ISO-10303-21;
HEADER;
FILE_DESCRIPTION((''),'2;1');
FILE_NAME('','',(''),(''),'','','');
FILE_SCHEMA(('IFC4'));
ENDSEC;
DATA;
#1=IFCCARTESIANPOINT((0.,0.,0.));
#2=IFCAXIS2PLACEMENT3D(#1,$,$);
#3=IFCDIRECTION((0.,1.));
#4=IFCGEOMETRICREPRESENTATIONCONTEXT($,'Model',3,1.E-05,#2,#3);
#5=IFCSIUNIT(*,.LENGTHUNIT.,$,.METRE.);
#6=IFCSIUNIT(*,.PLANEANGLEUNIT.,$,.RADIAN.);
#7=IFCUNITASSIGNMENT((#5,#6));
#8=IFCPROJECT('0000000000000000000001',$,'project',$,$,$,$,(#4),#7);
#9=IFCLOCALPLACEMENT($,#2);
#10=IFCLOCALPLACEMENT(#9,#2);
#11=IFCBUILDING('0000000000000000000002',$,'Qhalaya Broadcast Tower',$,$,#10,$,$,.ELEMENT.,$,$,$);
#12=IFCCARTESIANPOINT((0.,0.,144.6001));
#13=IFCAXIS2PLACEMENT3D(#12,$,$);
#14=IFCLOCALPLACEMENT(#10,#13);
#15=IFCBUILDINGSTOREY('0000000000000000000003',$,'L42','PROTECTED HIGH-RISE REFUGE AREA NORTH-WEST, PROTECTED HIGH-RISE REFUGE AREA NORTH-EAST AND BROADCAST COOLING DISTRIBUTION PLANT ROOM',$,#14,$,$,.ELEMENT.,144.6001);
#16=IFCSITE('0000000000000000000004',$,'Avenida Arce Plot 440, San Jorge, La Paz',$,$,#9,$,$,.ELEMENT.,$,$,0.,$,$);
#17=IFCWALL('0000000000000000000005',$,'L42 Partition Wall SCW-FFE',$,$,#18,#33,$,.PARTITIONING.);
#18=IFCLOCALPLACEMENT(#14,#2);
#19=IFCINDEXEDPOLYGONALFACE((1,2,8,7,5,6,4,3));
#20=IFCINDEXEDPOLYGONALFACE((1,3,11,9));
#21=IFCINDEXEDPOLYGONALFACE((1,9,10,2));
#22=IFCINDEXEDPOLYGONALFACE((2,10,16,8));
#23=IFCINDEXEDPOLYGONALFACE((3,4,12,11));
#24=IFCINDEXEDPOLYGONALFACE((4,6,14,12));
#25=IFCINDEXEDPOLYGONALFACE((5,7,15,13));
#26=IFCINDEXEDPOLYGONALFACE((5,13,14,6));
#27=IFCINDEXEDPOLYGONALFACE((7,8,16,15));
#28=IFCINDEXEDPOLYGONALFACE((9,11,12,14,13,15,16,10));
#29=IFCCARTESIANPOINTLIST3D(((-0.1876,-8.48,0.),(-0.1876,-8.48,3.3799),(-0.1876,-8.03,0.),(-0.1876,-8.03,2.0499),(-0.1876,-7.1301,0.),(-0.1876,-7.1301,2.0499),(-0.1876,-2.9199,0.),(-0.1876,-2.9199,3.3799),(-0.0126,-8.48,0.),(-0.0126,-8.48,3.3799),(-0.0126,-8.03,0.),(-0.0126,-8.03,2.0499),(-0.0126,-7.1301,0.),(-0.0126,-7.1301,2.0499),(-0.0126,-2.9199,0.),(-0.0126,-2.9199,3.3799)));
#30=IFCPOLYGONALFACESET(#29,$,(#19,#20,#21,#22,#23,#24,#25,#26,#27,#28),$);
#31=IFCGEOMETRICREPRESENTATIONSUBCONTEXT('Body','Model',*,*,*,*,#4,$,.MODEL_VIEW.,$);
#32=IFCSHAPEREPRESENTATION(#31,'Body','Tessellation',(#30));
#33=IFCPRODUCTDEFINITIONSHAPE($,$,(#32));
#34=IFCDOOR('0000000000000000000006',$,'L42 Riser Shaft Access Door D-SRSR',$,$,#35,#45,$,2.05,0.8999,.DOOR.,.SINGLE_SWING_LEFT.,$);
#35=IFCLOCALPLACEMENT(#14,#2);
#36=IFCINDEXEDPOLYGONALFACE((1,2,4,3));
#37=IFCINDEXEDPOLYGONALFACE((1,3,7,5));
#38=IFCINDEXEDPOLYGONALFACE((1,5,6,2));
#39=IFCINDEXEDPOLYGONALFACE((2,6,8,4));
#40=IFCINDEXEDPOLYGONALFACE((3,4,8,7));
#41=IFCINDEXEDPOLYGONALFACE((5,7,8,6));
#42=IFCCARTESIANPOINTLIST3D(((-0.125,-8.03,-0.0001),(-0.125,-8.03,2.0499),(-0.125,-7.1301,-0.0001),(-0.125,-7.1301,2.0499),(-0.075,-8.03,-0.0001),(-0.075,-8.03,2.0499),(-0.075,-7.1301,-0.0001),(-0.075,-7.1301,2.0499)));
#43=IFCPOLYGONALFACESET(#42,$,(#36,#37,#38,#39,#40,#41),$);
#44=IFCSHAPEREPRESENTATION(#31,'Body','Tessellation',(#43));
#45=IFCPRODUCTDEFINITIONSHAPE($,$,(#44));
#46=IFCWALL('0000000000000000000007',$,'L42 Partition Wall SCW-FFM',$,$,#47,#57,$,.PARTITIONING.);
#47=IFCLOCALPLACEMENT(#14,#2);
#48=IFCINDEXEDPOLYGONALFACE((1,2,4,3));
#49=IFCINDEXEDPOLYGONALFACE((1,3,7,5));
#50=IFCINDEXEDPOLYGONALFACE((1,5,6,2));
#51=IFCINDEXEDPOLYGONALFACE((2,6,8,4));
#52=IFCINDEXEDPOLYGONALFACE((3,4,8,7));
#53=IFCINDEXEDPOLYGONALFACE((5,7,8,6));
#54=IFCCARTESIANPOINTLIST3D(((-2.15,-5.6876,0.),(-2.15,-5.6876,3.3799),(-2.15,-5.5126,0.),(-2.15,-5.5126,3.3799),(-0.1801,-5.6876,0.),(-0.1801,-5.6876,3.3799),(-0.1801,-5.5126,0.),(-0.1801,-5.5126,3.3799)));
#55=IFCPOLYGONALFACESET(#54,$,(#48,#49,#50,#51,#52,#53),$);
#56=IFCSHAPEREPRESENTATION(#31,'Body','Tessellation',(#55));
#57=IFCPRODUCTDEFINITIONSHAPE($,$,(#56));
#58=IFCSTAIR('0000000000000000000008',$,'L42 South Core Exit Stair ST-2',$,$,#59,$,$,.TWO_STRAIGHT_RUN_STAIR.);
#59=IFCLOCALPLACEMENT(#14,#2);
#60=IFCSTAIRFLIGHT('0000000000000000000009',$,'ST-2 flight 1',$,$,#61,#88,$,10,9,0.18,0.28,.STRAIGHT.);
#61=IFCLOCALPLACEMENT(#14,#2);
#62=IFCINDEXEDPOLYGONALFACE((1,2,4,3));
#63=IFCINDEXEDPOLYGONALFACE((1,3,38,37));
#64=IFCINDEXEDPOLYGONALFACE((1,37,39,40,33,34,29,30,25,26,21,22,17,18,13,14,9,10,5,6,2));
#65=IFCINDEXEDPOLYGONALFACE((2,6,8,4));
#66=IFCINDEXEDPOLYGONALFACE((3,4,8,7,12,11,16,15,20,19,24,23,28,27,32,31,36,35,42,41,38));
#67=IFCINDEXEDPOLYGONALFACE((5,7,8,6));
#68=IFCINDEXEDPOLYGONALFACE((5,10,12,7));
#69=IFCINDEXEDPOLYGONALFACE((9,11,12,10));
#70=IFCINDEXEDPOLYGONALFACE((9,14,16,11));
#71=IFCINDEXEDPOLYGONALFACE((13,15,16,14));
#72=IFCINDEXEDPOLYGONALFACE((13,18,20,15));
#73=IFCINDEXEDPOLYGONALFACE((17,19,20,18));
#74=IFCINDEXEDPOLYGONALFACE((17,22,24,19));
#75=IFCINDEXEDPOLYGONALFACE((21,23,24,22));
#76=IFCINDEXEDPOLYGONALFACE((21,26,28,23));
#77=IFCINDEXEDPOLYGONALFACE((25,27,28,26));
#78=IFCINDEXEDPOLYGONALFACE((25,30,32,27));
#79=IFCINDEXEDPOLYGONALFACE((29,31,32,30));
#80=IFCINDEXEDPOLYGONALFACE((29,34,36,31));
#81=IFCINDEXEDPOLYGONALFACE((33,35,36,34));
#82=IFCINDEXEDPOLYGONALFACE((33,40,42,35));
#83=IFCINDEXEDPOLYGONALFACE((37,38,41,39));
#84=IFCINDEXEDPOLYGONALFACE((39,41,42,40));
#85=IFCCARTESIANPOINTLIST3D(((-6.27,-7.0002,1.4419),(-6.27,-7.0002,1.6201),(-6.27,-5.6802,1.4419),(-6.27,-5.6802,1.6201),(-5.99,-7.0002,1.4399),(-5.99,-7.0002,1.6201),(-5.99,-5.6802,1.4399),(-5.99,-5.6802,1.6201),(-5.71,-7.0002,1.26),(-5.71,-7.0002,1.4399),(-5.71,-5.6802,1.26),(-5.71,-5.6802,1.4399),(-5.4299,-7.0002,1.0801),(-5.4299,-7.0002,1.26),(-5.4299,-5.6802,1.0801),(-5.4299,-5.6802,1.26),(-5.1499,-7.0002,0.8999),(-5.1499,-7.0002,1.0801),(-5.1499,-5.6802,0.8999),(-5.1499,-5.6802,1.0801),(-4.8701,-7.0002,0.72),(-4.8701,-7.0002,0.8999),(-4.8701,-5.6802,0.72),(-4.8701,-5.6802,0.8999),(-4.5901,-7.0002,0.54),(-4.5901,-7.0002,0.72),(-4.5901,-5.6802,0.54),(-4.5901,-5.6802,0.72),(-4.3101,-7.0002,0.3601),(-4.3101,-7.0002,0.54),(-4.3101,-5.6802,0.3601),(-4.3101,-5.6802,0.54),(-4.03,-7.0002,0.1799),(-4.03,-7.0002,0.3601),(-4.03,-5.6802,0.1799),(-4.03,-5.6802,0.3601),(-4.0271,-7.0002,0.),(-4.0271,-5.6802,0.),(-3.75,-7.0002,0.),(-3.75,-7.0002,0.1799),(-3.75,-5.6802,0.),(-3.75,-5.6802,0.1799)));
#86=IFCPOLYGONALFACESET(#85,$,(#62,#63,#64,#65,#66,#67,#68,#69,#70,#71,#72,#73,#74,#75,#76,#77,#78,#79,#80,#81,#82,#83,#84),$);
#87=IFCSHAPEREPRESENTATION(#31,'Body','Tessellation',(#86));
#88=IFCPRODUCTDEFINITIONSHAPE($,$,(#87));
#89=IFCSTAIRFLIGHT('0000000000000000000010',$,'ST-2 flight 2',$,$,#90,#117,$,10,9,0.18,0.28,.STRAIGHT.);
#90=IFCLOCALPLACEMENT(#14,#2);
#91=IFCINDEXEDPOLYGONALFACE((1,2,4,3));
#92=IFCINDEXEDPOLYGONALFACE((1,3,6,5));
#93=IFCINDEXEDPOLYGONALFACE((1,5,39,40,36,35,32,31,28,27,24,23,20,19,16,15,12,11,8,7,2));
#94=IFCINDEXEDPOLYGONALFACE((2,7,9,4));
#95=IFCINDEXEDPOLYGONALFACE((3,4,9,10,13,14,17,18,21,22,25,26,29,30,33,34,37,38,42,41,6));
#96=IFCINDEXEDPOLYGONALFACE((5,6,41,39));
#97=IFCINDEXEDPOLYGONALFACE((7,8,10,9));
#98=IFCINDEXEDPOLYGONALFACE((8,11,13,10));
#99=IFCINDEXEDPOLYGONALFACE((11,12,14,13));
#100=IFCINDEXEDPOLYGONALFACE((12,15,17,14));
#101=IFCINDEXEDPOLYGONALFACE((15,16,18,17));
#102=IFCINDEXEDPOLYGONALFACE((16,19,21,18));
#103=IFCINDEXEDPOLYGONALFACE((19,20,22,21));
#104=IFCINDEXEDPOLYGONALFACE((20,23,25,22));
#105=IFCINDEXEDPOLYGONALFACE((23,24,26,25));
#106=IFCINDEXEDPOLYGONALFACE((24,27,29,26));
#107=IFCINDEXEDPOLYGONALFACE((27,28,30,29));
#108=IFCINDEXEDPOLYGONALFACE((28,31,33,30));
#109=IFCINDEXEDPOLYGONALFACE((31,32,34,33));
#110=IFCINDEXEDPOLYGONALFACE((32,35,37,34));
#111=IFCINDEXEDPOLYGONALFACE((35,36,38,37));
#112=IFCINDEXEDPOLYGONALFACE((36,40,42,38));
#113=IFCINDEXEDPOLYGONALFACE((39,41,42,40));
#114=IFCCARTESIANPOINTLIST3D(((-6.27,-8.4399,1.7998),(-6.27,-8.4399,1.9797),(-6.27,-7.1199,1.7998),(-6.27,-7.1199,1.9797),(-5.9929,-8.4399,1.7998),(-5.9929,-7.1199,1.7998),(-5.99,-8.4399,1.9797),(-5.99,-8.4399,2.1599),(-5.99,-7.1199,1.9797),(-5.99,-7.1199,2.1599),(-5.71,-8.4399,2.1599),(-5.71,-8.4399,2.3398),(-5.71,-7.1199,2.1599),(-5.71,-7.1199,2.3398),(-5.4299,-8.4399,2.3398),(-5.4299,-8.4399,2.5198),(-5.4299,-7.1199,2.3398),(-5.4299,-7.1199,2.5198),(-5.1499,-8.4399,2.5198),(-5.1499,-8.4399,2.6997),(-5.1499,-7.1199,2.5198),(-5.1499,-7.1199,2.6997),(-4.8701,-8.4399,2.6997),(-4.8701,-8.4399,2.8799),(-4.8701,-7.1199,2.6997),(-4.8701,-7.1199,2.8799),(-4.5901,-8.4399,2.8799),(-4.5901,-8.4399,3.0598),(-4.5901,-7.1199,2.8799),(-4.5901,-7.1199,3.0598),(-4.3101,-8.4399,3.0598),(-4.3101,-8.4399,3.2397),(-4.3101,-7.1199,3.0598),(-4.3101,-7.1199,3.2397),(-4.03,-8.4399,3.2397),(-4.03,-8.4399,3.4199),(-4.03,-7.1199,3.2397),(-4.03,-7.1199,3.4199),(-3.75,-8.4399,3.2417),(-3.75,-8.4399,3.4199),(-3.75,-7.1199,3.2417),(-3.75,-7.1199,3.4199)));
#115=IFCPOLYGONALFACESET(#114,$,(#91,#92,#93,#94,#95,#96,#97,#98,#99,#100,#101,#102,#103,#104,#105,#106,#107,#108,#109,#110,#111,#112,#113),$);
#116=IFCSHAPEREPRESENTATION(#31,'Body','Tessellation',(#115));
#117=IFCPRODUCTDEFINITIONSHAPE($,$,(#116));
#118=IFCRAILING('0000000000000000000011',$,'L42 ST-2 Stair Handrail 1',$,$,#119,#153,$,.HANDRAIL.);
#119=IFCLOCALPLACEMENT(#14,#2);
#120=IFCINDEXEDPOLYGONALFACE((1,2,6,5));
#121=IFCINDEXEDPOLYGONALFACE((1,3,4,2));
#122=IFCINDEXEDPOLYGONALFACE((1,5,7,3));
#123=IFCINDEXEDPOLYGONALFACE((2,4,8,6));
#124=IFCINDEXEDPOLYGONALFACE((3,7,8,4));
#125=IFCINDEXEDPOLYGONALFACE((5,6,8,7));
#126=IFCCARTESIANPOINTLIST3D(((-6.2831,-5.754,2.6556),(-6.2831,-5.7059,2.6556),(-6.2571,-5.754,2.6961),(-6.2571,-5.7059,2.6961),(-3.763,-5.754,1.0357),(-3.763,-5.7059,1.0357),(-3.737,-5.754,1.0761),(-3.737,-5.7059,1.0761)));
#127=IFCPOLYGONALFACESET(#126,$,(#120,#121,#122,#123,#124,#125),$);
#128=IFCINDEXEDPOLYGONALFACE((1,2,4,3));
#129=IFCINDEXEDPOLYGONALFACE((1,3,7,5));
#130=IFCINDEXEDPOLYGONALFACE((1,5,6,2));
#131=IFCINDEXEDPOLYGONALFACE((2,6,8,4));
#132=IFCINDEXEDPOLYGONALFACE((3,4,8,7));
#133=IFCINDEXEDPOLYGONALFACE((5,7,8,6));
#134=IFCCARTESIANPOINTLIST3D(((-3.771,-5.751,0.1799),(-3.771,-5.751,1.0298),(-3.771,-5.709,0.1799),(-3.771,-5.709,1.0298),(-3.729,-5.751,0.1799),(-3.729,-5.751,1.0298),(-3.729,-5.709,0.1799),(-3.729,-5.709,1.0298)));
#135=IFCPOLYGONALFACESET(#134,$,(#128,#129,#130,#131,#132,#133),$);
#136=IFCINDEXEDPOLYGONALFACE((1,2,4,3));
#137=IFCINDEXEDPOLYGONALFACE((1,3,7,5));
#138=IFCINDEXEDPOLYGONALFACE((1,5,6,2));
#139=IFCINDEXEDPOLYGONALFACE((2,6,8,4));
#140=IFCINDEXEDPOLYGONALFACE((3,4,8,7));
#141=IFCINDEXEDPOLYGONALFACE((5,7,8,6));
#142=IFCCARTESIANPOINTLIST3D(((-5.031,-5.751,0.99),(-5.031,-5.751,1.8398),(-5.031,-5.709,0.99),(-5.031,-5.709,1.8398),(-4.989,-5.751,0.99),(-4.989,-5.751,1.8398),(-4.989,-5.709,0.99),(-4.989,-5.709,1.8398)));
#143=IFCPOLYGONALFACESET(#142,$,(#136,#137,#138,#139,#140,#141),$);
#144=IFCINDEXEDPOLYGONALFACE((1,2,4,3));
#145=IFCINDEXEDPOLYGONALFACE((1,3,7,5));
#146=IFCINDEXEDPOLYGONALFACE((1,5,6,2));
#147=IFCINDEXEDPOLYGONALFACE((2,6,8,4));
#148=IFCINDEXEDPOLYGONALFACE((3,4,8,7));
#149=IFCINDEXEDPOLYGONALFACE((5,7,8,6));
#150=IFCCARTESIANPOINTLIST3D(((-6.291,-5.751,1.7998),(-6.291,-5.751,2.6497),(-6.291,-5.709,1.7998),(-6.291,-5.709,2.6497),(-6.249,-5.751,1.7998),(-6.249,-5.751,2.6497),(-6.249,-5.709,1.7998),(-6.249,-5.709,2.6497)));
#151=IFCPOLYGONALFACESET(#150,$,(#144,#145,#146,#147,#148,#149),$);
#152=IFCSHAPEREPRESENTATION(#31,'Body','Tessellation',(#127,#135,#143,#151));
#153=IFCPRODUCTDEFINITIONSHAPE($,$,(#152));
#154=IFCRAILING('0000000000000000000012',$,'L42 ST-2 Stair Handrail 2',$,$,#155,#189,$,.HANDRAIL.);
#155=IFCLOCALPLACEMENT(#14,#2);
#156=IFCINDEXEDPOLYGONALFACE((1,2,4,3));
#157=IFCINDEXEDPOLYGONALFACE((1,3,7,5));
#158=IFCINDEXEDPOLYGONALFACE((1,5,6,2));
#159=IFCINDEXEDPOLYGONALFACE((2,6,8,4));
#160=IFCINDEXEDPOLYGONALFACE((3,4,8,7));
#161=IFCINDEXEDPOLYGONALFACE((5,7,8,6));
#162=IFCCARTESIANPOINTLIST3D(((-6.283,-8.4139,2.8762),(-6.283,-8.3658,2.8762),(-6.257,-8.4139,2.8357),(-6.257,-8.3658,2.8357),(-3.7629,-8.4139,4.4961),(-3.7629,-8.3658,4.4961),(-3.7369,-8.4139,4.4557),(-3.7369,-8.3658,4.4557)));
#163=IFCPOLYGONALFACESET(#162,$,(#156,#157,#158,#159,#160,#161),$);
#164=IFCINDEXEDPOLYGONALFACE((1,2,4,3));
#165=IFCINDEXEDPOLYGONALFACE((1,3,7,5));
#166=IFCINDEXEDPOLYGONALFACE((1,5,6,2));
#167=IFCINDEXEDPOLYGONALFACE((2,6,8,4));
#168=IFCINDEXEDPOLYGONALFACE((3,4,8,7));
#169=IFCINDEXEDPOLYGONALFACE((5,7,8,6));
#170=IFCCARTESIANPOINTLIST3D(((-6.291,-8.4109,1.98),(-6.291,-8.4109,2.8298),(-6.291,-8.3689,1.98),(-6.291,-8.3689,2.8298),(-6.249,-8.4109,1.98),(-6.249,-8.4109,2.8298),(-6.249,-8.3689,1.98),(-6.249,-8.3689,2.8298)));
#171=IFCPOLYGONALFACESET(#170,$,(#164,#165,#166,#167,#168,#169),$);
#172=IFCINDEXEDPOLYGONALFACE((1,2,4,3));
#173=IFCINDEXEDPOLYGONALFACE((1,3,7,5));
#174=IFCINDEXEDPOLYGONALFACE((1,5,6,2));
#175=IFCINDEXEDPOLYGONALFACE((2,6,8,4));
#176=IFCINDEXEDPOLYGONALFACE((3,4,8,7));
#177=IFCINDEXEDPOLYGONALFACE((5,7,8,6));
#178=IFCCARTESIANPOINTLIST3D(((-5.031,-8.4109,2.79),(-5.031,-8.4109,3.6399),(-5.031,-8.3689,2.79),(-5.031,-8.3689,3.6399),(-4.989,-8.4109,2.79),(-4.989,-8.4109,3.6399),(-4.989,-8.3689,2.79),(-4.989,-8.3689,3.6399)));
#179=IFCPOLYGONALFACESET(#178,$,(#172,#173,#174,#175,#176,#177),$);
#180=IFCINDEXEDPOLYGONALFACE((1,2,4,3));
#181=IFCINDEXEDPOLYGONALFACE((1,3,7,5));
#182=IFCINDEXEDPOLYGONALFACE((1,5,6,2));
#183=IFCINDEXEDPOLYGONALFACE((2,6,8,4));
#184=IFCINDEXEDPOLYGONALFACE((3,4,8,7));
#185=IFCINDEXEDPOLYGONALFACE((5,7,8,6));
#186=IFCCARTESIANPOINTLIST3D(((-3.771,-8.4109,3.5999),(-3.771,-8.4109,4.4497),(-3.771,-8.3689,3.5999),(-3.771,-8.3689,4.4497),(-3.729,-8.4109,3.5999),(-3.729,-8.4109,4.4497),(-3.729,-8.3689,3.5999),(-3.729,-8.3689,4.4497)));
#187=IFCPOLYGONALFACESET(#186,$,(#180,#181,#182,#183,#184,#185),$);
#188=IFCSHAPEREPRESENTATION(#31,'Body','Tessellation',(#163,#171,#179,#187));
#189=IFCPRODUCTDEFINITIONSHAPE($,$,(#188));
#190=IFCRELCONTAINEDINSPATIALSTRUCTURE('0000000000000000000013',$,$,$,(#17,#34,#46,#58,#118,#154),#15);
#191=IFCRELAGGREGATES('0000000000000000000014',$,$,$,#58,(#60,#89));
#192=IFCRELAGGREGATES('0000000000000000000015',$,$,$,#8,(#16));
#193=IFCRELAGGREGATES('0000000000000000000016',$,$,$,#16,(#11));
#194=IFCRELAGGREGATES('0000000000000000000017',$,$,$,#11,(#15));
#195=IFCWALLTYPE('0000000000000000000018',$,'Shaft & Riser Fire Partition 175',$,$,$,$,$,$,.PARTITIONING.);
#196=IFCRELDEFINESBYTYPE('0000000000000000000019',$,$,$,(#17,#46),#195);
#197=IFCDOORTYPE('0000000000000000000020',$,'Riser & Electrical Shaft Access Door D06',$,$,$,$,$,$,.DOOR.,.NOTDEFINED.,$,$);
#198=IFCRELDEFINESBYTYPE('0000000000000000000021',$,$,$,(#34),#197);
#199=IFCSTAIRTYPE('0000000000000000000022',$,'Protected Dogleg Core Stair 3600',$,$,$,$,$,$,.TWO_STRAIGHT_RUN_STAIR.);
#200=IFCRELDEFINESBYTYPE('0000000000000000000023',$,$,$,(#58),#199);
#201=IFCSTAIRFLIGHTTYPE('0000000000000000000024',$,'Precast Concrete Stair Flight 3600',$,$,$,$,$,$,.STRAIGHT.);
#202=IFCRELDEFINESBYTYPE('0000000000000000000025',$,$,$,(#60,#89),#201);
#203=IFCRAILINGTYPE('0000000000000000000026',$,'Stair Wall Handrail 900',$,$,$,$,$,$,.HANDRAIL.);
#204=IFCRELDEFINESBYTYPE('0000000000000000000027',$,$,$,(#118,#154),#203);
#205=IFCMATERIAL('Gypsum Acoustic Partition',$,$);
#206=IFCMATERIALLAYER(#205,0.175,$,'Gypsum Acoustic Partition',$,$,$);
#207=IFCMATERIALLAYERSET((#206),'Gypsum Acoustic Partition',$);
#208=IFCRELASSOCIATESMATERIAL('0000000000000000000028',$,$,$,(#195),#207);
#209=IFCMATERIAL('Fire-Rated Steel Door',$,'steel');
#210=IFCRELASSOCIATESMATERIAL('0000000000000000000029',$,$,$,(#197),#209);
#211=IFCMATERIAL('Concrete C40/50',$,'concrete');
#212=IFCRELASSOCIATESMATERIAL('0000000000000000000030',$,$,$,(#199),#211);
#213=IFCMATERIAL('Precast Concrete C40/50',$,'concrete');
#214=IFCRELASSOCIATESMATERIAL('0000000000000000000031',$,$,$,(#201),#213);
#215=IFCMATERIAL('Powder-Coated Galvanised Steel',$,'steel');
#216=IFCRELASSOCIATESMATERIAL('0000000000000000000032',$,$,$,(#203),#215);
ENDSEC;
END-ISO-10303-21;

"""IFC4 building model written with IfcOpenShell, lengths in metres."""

from ifc_helpers import new_model, si_unit, direction, frame, frame_2d, origin, origin_2d, place, context, subcontext, project, spatial, polyline, rectangle, outline, extrude, material, layer, layer_set, type_object, element, fill, aggregate, save


model = new_model("IFC4")

# Units and contexts
model_context = context("Model", 3, precision=1e-05, world=origin(), true_north=direction((0.0, 1.0)))
body_context = subcontext(model_context, "Body", "Model", "MODEL_VIEW")
ifc_project = project(units=[si_unit("LENGTHUNIT", "METRE"), si_unit("PLANEANGLEUNIT", "RADIAN")], contexts=[model_context])

# Site, building, storey
site_placement = place(None, origin())
site = spatial("IfcSite", under=ifc_project, at=site_placement, Name="Avenida Arce Plot 440, San Jorge, La Paz", CompositionType="ELEMENT", RefElevation=0.0)
building_placement = place(site_placement, origin())
building = spatial("IfcBuilding", under=site, at=building_placement, Name="Qhalaya Broadcast Tower", CompositionType="ELEMENT")
storey_placement = place(building_placement, frame((0.0, 0.0, 144.6001)))
storey = spatial("IfcBuildingStorey", under=building, at=storey_placement, Name="L42", Description="PROTECTED HIGH-RISE REFUGE AREA NORTH-WEST, PROTECTED HIGH-RISE REFUGE AREA NORTH-EAST AND BROADCAST COOLING DISTRIBUTION PLANT ROOM", CompositionType="ELEMENT", Elevation=144.6001)

# Wall, opening, door
ifc_material_1 = material(Name="Fire-Rated Steel Door", Category="steel")
ifc_material_2 = material(Name="Gypsum Acoustic Partition")
ifc_layer_1 = layer(ifc_material_2, 0.175, Name="Gypsum Acoustic Partition")
ifc_layer_set_1 = layer_set([ifc_layer_1], Name="Gypsum Acoustic Partition")
wall_type_1 = type_object("IfcWallType", Name="Shaft & Riser Fire Partition 175", PredefinedType="PARTITIONING", material=ifc_layer_set_1)
wall_1_placement = place(storey_placement, frame((-0.1001, -8.48, 0.0), z_axis=(0.0, 0.0, 1.0), x_axis=(0.0, 1.0, 0.0)))
wall_1 = element("IfcWall", 1, at=wall_1_placement, inside=storey, type_object=wall_type_1, Name="L42 Partition Wall SCW-FFE", PredefinedType="PARTITIONING", context=body_context, shape_type="SweptSolid", body=[
    extrude(rectangle(XDim=5.5601, YDim=0.175, at=frame_2d((2.78, 0.0))), origin(), (0.0, 0.0, 1.0), 3.3799),
])
opening_1_placement = place(wall_1_placement, frame((0.45, 0.0, 0.0)))
opening_1 = element("IfcOpeningElement", 2, at=opening_1_placement, cuts=wall_1, PredefinedType="OPENING", context=body_context, shape_type="SweptSolid", body=[
    extrude(rectangle(XDim=0.8999, YDim=2.05, at=frame_2d((0.45, 1.0249))), frame((0.0, 0.0996, 0.0), z_axis=(0.0, -1.0, 0.0), x_axis=(1.0, 0.0, 0.0)), (0.0, 0.0, 1.0), 0.199),
])
door_type_1 = type_object("IfcDoorType", Name="Riser & Electrical Shaft Access Door D06", OperationType="NOTDEFINED", PredefinedType="DOOR", material=ifc_material_1)
door_1_placement = place(opening_1_placement, origin())
door_1 = element("IfcDoor", 3, at=door_1_placement, inside=storey, type_object=door_type_1, Name="L42 Riser Shaft Access Door D-SRSR", OperationType="SINGLE_SWING_LEFT", OverallHeight=2.05, OverallWidth=0.8999, PredefinedType="DOOR", context=body_context, shape_type="SweptSolid", body=[
    extrude(rectangle(XDim=0.8999, YDim=2.05, at=frame_2d((0.45, 1.0249))), frame((0.0, 0.0249, 0.0), z_axis=(0.0, -1.0, 0.0), x_axis=(1.0, 0.0, 0.0)), (0.0, 0.0, 1.0), 0.05),
])
fill(opening_1, door_1)

# Wall
wall_2_placement = place(storey_placement, frame((-2.1499, -5.6001, 0.0), z_axis=(0.0, 0.0, 1.0), x_axis=(1.0, 0.0, 0.0)))
element("IfcWall", 4, at=wall_2_placement, inside=storey, type_object=wall_type_1, Name="L42 Partition Wall SCW-FFM", PredefinedType="PARTITIONING", context=body_context, shape_type="SweptSolid", body=[
    extrude(rectangle(XDim=1.97, YDim=0.175, at=frame_2d((0.9849, 0.0))), origin(), (0.0, 0.0, 1.0), 3.3799),
])

# Stair, stair flights
ifc_material_3 = material(Name="Concrete C40/50", Category="concrete")
stair_type = type_object("IfcStairType", Name="Protected Dogleg Core Stair 3600", PredefinedType="TWO_STRAIGHT_RUN_STAIR", material=ifc_material_3)
stair_placement = place(storey_placement, origin())
stair = element("IfcStair", 5, at=stair_placement, inside=storey, type_object=stair_type, Name="L42 South Core Exit Stair ST-2", PredefinedType="TWO_STRAIGHT_RUN_STAIR")
ifc_material_4 = material(Name="Precast Concrete C40/50", Category="concrete")
stair_flight_type = type_object("IfcStairFlightType", Name="Precast Concrete Stair Flight 3600", PredefinedType="STRAIGHT", material=ifc_material_4)
stair_flight_1_placement = place(storey_placement, frame((-3.75, -6.3401, 0.0), z_axis=(0.0, 0.0, 1.0), x_axis=(-1.0, 0.0, 0.0)))
stair_flight_1 = element("IfcStairFlight", 6, at=stair_flight_1_placement, type_object=stair_flight_type, Name="ST-2 flight 1", NumberOfRisers=10, NumberOfTreads=9, PredefinedType="STRAIGHT", RiserHeight=0.18, TreadLength=0.28, context=body_context, shape_type="SweptSolid", body=[
    extrude(outline(polyline([(0.0, 0.0), (0.0, 0.1799), (0.28, 0.1799), (0.28, 0.3601), (0.5601, 0.3601), (0.5601, 0.54), (0.8401, 0.54), (0.8401, 0.72), (1.1201, 0.72), (1.1201, 0.8999), (1.3999, 0.8999), (1.3999, 1.0801), (1.6799, 1.0801), (1.6799, 1.26), (1.96, 1.26), (1.96, 1.4399), (2.24, 1.4399), (2.24, 1.6201), (2.52, 1.6201), (2.52, 1.8), (2.52, 1.4419), (0.2771, 0.0), (0.0, 0.0)])), frame((0.0, 0.6602, 0.0), z_axis=(0.0, -1.0, 0.0), x_axis=(1.0, 0.0, 0.0)), (0.0, 0.0, 1.0), 1.3201),
])
stair_flight_2_placement = place(storey_placement, frame((-6.27, -7.78, 1.7998), z_axis=(0.0, 0.0, 1.0), x_axis=(1.0, 0.0, 0.0)))
stair_flight_2 = element("IfcStairFlight", 7, at=stair_flight_2_placement, type_object=stair_flight_type, Name="ST-2 flight 2", NumberOfRisers=10, NumberOfTreads=9, PredefinedType="STRAIGHT", RiserHeight=0.18, TreadLength=0.28, context=body_context, shape_type="SweptSolid", body=[
    extrude(outline(polyline([(0.0, 0.0), (0.0, 0.1799), (0.28, 0.1799), (0.28, 0.3601), (0.5601, 0.3601), (0.5601, 0.54), (0.8401, 0.54), (0.8401, 0.72), (1.1201, 0.72), (1.1201, 0.8999), (1.3999, 0.8999), (1.3999, 1.0801), (1.6799, 1.0801), (1.6799, 1.26), (1.96, 1.26), (1.96, 1.4399), (2.24, 1.4399), (2.24, 1.6201), (2.52, 1.6201), (2.52, 1.8), (2.52, 1.4419), (0.2771, 0.0), (0.0, 0.0)])), frame((0.0, 0.6602, 0.0), z_axis=(0.0, -1.0, 0.0), x_axis=(1.0, 0.0, 0.0)), (0.0, 0.0, 1.0), 1.3201),
])
aggregate(stair, [stair_flight_1, stair_flight_2])

# Railings
ifc_material_5 = material(Name="Powder-Coated Galvanised Steel", Category="steel")
railing_type_1 = type_object("IfcRailingType", Name="Stair Wall Handrail 900", PredefinedType="HANDRAIL", material=ifc_material_5)
railing_1_placement = place(storey_placement, frame((-3.75, -5.73, 0.1799)))
element("IfcRailing", 8, at=railing_1_placement, inside=storey, type_object=railing_type_1, Name="L42 ST-2 Stair Handrail 1", PredefinedType="HANDRAIL", context=body_context, shape_type="SweptSolid", body=[
    extrude(rectangle(XDim=0.0481, YDim=0.0481, at=origin_2d()), frame((0.0, 0.0, 0.876), z_axis=(-0.8412, 0.0, 0.540725), x_axis=(0.0, -1.0, 0.0)), (0.0, 0.0, 1.0), 2.9958),
    extrude(rectangle(XDim=0.042, YDim=0.042, at=origin_2d()), origin(), (0.0, 0.0, 1.0), 0.8499),
    extrude(rectangle(XDim=0.042, YDim=0.042, at=origin_2d()), frame((-1.26, 0.0, 0.8101)), (0.0, 0.0, 1.0), 0.8499),
    extrude(rectangle(XDim=0.042, YDim=0.042, at=origin_2d()), frame((-2.52, 0.0, 1.6199)), (0.0, 0.0, 1.0), 0.8499),
])
railing_2_placement = place(storey_placement, frame((-6.27, -8.3899, 1.98)))
element("IfcRailing", 9, at=railing_2_placement, inside=storey, type_object=railing_type_1, Name="L42 ST-2 Stair Handrail 2", PredefinedType="HANDRAIL", context=body_context, shape_type="SweptSolid", body=[
    extrude(rectangle(XDim=0.0481, YDim=0.0481, at=origin_2d()), frame((0.0, 0.0, 0.876), z_axis=(0.8412, 0.0, 0.540725), x_axis=(0.0, 1.0, 0.0)), (0.0, 0.0, 1.0), 2.9958),
    extrude(rectangle(XDim=0.042, YDim=0.042, at=origin_2d()), origin(), (0.0, 0.0, 1.0), 0.8499),
    extrude(rectangle(XDim=0.042, YDim=0.042, at=origin_2d()), frame((1.26, 0.0, 0.8101)), (0.0, 0.0, 1.0), 0.8499),
    extrude(rectangle(XDim=0.042, YDim=0.042, at=origin_2d()), frame((2.52, 0.0, 1.6199)), (0.0, 0.0, 1.0), 0.8499),
])

save(model, "model.ifc")
